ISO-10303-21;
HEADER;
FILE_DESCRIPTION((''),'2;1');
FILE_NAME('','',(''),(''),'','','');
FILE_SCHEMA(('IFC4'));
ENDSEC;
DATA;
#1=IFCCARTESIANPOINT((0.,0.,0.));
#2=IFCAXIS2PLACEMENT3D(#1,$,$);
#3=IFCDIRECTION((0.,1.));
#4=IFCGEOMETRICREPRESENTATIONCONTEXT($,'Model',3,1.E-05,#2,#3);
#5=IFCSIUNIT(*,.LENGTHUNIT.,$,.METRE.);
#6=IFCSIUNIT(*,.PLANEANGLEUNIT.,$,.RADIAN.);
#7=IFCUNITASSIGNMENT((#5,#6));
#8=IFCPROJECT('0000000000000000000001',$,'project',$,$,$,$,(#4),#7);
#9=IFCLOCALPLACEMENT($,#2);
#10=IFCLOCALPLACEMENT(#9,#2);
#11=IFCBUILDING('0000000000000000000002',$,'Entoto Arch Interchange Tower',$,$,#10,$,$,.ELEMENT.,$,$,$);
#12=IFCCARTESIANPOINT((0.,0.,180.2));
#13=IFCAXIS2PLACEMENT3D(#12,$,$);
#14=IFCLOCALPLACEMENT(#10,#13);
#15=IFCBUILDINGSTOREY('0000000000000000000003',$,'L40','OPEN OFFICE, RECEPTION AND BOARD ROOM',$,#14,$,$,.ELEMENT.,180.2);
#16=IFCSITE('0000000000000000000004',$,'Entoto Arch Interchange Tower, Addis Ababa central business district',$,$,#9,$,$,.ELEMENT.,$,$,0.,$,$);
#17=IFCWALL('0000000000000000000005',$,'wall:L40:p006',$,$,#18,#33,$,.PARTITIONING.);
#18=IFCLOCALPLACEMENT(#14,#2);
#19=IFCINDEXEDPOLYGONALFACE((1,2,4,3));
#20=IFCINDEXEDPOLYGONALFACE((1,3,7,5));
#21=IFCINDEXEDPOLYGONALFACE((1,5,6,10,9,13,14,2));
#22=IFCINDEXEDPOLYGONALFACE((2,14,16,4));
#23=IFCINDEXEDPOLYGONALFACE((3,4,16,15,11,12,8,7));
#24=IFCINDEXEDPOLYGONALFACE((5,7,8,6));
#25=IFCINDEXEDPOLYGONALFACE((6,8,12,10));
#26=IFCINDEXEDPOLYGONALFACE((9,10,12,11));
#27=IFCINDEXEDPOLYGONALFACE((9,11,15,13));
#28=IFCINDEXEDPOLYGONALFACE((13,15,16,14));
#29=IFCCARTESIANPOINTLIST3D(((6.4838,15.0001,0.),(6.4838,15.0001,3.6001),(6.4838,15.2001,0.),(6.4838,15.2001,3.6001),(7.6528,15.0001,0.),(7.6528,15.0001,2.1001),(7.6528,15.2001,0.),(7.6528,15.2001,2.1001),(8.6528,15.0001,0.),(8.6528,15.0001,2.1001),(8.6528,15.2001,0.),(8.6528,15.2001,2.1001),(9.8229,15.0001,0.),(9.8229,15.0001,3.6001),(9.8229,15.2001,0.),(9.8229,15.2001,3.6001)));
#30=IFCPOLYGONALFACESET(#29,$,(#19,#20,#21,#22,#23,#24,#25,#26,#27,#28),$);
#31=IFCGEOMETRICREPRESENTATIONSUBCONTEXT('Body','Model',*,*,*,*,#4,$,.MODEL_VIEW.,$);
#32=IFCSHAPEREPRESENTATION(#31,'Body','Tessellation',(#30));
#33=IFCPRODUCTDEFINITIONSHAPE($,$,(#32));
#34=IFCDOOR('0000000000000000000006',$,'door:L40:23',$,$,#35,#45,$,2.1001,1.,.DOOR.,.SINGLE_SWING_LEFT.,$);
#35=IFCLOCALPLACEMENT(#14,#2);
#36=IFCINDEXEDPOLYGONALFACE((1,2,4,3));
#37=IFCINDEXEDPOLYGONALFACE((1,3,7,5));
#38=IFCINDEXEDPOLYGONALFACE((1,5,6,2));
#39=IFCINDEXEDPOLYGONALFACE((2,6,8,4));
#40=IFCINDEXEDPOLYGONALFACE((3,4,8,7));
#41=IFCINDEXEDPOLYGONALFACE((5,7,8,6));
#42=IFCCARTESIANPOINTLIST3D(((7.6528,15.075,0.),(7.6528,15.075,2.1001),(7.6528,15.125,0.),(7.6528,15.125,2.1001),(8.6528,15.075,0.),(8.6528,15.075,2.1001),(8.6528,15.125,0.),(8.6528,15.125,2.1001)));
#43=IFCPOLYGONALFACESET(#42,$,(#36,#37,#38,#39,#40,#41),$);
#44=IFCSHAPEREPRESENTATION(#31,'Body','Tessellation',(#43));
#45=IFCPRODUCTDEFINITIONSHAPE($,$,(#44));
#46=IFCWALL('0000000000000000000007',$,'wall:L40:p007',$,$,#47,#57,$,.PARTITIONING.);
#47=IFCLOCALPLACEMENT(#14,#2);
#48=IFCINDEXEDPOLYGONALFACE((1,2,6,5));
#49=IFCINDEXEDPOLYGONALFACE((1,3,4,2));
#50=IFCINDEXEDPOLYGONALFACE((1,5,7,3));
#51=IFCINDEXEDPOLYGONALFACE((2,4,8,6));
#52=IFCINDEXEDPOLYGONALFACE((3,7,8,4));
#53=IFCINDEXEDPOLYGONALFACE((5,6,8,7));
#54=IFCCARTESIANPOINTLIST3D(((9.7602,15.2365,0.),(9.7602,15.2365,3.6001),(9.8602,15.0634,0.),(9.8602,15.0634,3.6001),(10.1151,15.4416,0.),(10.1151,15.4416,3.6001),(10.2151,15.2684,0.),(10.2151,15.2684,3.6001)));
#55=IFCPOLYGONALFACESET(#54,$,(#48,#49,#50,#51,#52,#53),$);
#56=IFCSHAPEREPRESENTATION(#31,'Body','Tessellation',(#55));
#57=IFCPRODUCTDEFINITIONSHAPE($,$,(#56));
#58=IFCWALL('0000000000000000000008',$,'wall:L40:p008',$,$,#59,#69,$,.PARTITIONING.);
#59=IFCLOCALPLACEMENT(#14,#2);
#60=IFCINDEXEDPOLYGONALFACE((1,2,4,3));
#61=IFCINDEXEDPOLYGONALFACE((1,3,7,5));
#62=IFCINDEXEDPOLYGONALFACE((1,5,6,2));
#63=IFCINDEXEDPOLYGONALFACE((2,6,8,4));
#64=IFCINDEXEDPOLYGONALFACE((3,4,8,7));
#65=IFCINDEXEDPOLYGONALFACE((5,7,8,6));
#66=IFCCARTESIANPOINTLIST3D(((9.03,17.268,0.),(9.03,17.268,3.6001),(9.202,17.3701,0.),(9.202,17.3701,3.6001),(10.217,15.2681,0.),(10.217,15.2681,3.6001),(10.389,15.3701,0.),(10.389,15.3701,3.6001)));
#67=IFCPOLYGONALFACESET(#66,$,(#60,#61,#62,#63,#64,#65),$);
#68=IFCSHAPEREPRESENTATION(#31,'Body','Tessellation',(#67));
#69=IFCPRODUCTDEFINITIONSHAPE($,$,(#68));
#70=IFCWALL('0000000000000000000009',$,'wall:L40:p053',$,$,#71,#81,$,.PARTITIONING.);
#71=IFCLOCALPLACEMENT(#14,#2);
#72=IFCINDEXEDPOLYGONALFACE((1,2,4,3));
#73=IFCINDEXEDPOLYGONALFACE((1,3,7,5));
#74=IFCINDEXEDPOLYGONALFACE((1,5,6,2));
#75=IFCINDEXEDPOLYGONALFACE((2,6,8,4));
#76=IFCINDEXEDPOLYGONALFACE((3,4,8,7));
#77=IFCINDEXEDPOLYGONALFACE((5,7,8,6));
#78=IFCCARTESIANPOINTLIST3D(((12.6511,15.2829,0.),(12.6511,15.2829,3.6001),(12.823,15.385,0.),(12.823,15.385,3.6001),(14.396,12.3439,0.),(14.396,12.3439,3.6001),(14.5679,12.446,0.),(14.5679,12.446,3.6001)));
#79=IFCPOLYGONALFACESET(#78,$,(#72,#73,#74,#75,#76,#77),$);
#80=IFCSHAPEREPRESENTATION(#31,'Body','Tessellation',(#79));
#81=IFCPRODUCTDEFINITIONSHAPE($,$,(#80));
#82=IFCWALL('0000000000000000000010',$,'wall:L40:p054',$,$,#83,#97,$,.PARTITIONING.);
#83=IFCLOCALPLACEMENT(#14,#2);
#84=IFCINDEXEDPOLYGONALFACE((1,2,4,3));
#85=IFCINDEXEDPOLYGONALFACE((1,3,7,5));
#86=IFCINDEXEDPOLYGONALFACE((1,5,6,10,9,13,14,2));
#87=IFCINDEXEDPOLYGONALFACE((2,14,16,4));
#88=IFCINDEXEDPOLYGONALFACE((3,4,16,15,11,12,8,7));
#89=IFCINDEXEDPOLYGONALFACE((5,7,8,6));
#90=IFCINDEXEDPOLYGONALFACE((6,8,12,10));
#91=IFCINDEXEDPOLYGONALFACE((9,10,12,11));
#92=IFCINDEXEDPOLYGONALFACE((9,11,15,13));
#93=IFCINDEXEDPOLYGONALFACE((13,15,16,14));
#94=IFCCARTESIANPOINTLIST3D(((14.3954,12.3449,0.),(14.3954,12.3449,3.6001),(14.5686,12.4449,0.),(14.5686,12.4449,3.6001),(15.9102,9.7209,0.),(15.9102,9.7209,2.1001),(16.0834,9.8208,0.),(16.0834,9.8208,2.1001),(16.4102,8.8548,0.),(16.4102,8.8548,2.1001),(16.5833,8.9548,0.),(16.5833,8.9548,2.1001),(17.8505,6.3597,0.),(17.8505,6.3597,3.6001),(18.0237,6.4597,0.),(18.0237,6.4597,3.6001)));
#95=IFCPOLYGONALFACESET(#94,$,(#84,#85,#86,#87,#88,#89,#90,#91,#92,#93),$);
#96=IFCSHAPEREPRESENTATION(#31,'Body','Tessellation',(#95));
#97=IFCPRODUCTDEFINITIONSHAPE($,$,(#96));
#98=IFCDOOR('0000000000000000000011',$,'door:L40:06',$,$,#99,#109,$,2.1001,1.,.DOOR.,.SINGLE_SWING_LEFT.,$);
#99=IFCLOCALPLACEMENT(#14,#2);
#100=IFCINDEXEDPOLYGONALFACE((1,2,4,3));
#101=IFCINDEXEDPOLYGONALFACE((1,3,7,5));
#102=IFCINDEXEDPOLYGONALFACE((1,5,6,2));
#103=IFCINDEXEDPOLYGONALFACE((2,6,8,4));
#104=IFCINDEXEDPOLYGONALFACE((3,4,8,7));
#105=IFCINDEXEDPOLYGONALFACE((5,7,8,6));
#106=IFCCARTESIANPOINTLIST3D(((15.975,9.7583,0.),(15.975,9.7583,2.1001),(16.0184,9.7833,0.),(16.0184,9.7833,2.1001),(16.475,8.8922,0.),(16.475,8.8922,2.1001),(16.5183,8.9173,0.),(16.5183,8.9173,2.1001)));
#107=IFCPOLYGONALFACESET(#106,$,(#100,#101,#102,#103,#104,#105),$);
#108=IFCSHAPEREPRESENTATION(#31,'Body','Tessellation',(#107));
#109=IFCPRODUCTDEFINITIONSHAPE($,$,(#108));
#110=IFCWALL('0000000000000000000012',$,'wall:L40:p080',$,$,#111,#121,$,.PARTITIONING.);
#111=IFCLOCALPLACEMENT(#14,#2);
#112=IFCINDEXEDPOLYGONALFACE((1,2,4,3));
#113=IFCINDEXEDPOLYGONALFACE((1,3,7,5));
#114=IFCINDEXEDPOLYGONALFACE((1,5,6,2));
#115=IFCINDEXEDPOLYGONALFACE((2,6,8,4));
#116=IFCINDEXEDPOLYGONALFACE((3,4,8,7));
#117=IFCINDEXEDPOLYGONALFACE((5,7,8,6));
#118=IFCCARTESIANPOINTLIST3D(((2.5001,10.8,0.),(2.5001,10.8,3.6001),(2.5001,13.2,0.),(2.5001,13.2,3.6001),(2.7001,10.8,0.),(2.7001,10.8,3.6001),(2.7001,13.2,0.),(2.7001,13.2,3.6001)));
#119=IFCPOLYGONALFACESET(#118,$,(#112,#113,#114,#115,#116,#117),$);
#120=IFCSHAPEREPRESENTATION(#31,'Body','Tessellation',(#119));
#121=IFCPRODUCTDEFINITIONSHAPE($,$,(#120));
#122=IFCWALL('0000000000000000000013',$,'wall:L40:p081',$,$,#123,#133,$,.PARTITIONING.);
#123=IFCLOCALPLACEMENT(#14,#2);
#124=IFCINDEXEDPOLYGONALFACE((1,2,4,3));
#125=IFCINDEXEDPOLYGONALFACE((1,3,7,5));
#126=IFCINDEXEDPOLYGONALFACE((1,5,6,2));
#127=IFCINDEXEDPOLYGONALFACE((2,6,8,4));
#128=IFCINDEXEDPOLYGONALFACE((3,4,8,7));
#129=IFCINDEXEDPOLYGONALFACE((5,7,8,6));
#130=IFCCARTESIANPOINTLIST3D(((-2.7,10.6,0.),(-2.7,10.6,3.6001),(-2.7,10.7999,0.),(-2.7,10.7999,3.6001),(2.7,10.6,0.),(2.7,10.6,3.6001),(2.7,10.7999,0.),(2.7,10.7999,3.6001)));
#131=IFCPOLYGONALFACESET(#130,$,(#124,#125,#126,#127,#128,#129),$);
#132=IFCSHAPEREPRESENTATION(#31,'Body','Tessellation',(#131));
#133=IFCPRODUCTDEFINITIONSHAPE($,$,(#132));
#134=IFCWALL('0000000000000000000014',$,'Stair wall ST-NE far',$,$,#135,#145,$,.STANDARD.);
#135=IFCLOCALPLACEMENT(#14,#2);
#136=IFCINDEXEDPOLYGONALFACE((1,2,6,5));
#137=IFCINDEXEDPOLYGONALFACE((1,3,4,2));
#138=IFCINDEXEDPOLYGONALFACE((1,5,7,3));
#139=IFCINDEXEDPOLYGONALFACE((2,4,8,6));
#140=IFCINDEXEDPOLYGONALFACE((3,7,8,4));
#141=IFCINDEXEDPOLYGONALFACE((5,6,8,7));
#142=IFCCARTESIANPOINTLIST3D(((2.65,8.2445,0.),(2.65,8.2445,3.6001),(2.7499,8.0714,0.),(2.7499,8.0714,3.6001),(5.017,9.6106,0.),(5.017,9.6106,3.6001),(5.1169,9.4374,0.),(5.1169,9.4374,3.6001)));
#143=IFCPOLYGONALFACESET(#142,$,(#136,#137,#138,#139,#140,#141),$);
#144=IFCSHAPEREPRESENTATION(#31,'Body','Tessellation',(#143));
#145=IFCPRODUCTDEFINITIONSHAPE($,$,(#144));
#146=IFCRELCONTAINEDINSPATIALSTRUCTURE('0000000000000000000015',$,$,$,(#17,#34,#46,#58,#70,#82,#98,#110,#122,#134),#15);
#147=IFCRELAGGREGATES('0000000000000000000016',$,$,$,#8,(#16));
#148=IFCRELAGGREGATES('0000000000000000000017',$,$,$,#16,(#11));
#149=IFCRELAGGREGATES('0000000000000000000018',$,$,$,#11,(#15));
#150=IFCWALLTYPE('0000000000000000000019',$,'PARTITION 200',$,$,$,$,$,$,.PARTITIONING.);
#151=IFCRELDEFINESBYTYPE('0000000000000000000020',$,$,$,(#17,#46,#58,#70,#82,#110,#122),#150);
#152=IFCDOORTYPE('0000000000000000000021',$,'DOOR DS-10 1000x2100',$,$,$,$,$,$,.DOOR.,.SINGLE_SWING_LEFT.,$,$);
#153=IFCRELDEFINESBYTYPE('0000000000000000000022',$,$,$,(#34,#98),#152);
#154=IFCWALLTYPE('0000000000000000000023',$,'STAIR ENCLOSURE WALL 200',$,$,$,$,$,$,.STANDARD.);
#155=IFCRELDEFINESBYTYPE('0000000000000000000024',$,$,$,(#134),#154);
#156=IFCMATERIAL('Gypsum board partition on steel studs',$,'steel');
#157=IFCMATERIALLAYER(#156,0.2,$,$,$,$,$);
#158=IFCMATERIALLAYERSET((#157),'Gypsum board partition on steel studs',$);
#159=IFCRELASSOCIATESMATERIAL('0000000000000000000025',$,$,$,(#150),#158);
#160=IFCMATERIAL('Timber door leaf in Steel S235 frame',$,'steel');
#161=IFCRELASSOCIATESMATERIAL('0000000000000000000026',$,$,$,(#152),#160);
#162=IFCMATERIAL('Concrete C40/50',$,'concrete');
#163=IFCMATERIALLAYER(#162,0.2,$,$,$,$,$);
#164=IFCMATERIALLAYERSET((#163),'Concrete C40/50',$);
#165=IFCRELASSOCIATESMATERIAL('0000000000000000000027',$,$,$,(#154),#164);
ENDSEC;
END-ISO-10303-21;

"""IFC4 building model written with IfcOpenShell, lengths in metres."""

from ifc_helpers import new_model, si_unit, direction, frame, frame_2d, origin, place, context, subcontext, project, spatial, rectangle, extrude, material, layer, layer_set, type_object, element, fill, save


model = new_model("IFC4")

# Units and contexts
model_context = context("Model", 3, precision=1e-05, world=origin(), true_north=direction((0.0, 1.0)))
body_context = subcontext(model_context, "Body", "Model", "MODEL_VIEW")
ifc_project = project(units=[si_unit("LENGTHUNIT", "METRE"), si_unit("PLANEANGLEUNIT", "RADIAN")], contexts=[model_context])

# Site, building, storey
site_placement = place(None, origin())
site = spatial("IfcSite", under=ifc_project, at=site_placement, Name="Entoto Arch Interchange Tower, Addis Ababa central business district", CompositionType="ELEMENT", RefElevation=0.0)
building_placement = place(site_placement, origin())
building = spatial("IfcBuilding", under=site, at=building_placement, Name="Entoto Arch Interchange Tower", CompositionType="ELEMENT")
storey_placement = place(building_placement, frame((0.0, 0.0, 180.2)))
storey = spatial("IfcBuildingStorey", under=building, at=storey_placement, Name="L40", Description="OPEN OFFICE, RECEPTION AND BOARD ROOM", CompositionType="ELEMENT", Elevation=180.2)

# Shared definitions
ifc_material_1 = material(Name="Concrete C40/50", Category="concrete")
ifc_material_2 = material(Name="Gypsum board partition on steel studs", Category="steel")
ifc_layer_1 = layer(ifc_material_2, 0.2)
ifc_layer_set_1 = layer_set([ifc_layer_1], Name="Gypsum board partition on steel studs")
wall_type_1 = type_object("IfcWallType", Name="PARTITION 200", PredefinedType="PARTITIONING", material=ifc_layer_set_1)

# Wall, opening, door
wall_1_placement = place(storey_placement, frame((6.4839, 15.1001, 0.0), z_axis=(0.0, 0.0, 1.0), x_axis=(1.0, 0.0, 0.0)))
wall_1 = element("IfcWall", 1, at=wall_1_placement, inside=storey, type_object=wall_type_1, Name="wall:L40:p006", PredefinedType="PARTITIONING", context=body_context, shape_type="SweptSolid", body=[
    extrude(rectangle(XDim=3.3391, YDim=0.2, at=frame_2d((1.6694, 0.0))), origin(), (0.0, 0.0, 1.0), 3.6001),
])
opening_1_placement = place(wall_1_placement, frame((1.1689, 0.0, 0.0)))
opening_1 = element("IfcOpeningElement", 2, at=opening_1_placement, cuts=wall_1, PredefinedType="OPENING", context=body_context, shape_type="SweptSolid", body=[
    extrude(rectangle(XDim=1.0, YDim=2.1001, at=frame_2d((0.5, 1.05))), frame((0.0, 0.1099, 0.0), z_axis=(0.0, -1.0, 0.0), x_axis=(1.0, 0.0, 0.0)), (0.0, 0.0, 1.0), 0.22),
])
ifc_material_3 = material(Name="Timber door leaf in Steel S235 frame", Category="steel")
door_type_1 = type_object("IfcDoorType", Name="DOOR DS-10 1000x2100", OperationType="SINGLE_SWING_LEFT", PredefinedType="DOOR", material=ifc_material_3)
door_1_placement = place(opening_1_placement, origin())
door_1 = element("IfcDoor", 3, at=door_1_placement, inside=storey, type_object=door_type_1, Name="door:L40:23", OperationType="SINGLE_SWING_LEFT", OverallHeight=2.1001, OverallWidth=1.0, PredefinedType="DOOR", context=body_context, shape_type="SweptSolid", body=[
    extrude(rectangle(XDim=1.0, YDim=2.1001, at=frame_2d((0.5, 1.05))), frame((0.0, 0.0249, 0.0), z_axis=(0.0, -1.0, 0.0), x_axis=(1.0, 0.0, 0.0)), (0.0, 0.0, 1.0), 0.05),
])
fill(opening_1, door_1)

# Walls
wall_2_placement = place(storey_placement, frame((9.8101, 15.1499, 0.0), z_axis=(0.0, 0.0, 1.0), x_axis=(0.865888, 0.500238, 0.0)))
element("IfcWall", 4, at=wall_2_placement, inside=storey, type_object=wall_type_1, Name="wall:L40:p007", PredefinedType="PARTITIONING", context=body_context, shape_type="SweptSolid", body=[
    extrude(rectangle(XDim=0.4099, YDim=0.2, at=frame_2d((0.2051, 0.0))), origin(), (0.0, 0.0, 1.0), 3.6001),
])
wall_3_placement = place(storey_placement, frame((10.303, 15.3191, 0.0), z_axis=(0.0, 0.0, 1.0), x_axis=(-0.510384, 0.859947, 0.0)))
element("IfcWall", 5, at=wall_3_placement, inside=storey, type_object=wall_type_1, Name="wall:L40:p008", PredefinedType="PARTITIONING", context=body_context, shape_type="SweptSolid", body=[
    extrude(rectangle(XDim=2.3257, YDim=0.2, at=frame_2d((1.1628, 0.0))), origin(), (0.0, 0.0, 1.0), 3.6001),
])
wall_4_placement = place(storey_placement, frame((12.7371, 15.334, 0.0), z_axis=(0.0, 0.0, 1.0), x_axis=(0.510509, -0.859872, 0.0)))
element("IfcWall", 6, at=wall_4_placement, inside=storey, type_object=wall_type_1, Name="wall:L40:p053", PredefinedType="PARTITIONING", context=body_context, shape_type="SweptSolid", body=[
    extrude(rectangle(XDim=3.418, YDim=0.2, at=frame_2d((1.709, 0.0))), origin(), (0.0, 0.0, 1.0), 3.6001),
])

# Wall, opening, door
wall_5_placement = place(storey_placement, frame((14.4819, 12.395, 0.0), z_axis=(0.0, 0.0, 1.0), x_axis=(0.499954, -0.866052, 0.0)))
wall_5 = element("IfcWall", 7, at=wall_5_placement, inside=storey, type_object=wall_type_1, Name="wall:L40:p054", PredefinedType="PARTITIONING", context=body_context, shape_type="SweptSolid", body=[
    extrude(rectangle(XDim=6.9109, YDim=0.2, at=frame_2d((3.4556, 0.0))), origin(), (0.0, 0.0, 1.0), 3.6001),
])
opening_2_placement = place(wall_5_placement, frame((3.03, 0.0, 0.0)))
opening_2 = element("IfcOpeningElement", 8, at=opening_2_placement, cuts=wall_5, PredefinedType="OPENING", context=body_context, shape_type="SweptSolid", body=[
    extrude(rectangle(XDim=1.0, YDim=2.1001, at=frame_2d((0.5, 1.05))), frame((0.0, 0.1099, 0.0), z_axis=(0.0, -1.0, 0.0), x_axis=(1.0, 0.0, 0.0)), (0.0, 0.0, 1.0), 0.22),
])
door_2_placement = place(opening_2_placement, origin())
door_2 = element("IfcDoor", 9, at=door_2_placement, inside=storey, type_object=door_type_1, Name="door:L40:06", OperationType="SINGLE_SWING_LEFT", OverallHeight=2.1001, OverallWidth=1.0, PredefinedType="DOOR", context=body_context, shape_type="SweptSolid", body=[
    extrude(rectangle(XDim=1.0, YDim=2.1001, at=frame_2d((0.5, 1.05))), frame((0.0, 0.0249, 0.0), z_axis=(0.0, -1.0, 0.0), x_axis=(1.0, 0.0, 0.0)), (0.0, 0.0, 1.0), 0.05),
])
fill(opening_2, door_2)

# Walls
wall_6_placement = place(storey_placement, frame((2.6001, 13.2, 0.0), z_axis=(0.0, 0.0, 1.0), x_axis=(0.0, -1.0, 0.0)))
element("IfcWall", 10, at=wall_6_placement, inside=storey, type_object=wall_type_1, Name="wall:L40:p080", PredefinedType="PARTITIONING", context=body_context, shape_type="SweptSolid", body=[
    extrude(rectangle(XDim=2.3999, YDim=0.2, at=frame_2d((1.2, 0.0))), origin(), (0.0, 0.0, 1.0), 3.6001),
])
wall_7_placement = place(storey_placement, frame((2.7, 10.7, 0.0), z_axis=(0.0, 0.0, 1.0), x_axis=(-1.0, 0.0, 0.0)))
element("IfcWall", 11, at=wall_7_placement, inside=storey, type_object=wall_type_1, Name="wall:L40:p081", PredefinedType="PARTITIONING", context=body_context, shape_type="SweptSolid", body=[
    extrude(rectangle(XDim=5.3999, YDim=0.2, at=frame_2d((2.7, 0.0))), origin(), (0.0, 0.0, 1.0), 3.6001),
])
ifc_layer_2 = layer(ifc_material_1, 0.2)
ifc_layer_set_2 = layer_set([ifc_layer_2], Name="Concrete C40/50")
wall_type_2 = type_object("IfcWallType", Name="STAIR ENCLOSURE WALL 200", PredefinedType="STANDARD", material=ifc_layer_set_2)
wall_8_placement = place(storey_placement, frame((2.7, 8.158, 0.0), z_axis=(0.0, 0.0, 1.0), x_axis=(0.866119, 0.499838, 0.0)))
element("IfcWall", 12, at=wall_8_placement, inside=storey, type_object=wall_type_2, Name="Stair wall ST-NE far", PredefinedType="STANDARD", context=body_context, shape_type="SweptSolid", body=[
    extrude(rectangle(XDim=2.7329, YDim=0.2, at=frame_2d((1.3665, 0.0))), origin(), (0.0, 0.0, 1.0), 3.6001),
])

save(model, "model.ifc")
